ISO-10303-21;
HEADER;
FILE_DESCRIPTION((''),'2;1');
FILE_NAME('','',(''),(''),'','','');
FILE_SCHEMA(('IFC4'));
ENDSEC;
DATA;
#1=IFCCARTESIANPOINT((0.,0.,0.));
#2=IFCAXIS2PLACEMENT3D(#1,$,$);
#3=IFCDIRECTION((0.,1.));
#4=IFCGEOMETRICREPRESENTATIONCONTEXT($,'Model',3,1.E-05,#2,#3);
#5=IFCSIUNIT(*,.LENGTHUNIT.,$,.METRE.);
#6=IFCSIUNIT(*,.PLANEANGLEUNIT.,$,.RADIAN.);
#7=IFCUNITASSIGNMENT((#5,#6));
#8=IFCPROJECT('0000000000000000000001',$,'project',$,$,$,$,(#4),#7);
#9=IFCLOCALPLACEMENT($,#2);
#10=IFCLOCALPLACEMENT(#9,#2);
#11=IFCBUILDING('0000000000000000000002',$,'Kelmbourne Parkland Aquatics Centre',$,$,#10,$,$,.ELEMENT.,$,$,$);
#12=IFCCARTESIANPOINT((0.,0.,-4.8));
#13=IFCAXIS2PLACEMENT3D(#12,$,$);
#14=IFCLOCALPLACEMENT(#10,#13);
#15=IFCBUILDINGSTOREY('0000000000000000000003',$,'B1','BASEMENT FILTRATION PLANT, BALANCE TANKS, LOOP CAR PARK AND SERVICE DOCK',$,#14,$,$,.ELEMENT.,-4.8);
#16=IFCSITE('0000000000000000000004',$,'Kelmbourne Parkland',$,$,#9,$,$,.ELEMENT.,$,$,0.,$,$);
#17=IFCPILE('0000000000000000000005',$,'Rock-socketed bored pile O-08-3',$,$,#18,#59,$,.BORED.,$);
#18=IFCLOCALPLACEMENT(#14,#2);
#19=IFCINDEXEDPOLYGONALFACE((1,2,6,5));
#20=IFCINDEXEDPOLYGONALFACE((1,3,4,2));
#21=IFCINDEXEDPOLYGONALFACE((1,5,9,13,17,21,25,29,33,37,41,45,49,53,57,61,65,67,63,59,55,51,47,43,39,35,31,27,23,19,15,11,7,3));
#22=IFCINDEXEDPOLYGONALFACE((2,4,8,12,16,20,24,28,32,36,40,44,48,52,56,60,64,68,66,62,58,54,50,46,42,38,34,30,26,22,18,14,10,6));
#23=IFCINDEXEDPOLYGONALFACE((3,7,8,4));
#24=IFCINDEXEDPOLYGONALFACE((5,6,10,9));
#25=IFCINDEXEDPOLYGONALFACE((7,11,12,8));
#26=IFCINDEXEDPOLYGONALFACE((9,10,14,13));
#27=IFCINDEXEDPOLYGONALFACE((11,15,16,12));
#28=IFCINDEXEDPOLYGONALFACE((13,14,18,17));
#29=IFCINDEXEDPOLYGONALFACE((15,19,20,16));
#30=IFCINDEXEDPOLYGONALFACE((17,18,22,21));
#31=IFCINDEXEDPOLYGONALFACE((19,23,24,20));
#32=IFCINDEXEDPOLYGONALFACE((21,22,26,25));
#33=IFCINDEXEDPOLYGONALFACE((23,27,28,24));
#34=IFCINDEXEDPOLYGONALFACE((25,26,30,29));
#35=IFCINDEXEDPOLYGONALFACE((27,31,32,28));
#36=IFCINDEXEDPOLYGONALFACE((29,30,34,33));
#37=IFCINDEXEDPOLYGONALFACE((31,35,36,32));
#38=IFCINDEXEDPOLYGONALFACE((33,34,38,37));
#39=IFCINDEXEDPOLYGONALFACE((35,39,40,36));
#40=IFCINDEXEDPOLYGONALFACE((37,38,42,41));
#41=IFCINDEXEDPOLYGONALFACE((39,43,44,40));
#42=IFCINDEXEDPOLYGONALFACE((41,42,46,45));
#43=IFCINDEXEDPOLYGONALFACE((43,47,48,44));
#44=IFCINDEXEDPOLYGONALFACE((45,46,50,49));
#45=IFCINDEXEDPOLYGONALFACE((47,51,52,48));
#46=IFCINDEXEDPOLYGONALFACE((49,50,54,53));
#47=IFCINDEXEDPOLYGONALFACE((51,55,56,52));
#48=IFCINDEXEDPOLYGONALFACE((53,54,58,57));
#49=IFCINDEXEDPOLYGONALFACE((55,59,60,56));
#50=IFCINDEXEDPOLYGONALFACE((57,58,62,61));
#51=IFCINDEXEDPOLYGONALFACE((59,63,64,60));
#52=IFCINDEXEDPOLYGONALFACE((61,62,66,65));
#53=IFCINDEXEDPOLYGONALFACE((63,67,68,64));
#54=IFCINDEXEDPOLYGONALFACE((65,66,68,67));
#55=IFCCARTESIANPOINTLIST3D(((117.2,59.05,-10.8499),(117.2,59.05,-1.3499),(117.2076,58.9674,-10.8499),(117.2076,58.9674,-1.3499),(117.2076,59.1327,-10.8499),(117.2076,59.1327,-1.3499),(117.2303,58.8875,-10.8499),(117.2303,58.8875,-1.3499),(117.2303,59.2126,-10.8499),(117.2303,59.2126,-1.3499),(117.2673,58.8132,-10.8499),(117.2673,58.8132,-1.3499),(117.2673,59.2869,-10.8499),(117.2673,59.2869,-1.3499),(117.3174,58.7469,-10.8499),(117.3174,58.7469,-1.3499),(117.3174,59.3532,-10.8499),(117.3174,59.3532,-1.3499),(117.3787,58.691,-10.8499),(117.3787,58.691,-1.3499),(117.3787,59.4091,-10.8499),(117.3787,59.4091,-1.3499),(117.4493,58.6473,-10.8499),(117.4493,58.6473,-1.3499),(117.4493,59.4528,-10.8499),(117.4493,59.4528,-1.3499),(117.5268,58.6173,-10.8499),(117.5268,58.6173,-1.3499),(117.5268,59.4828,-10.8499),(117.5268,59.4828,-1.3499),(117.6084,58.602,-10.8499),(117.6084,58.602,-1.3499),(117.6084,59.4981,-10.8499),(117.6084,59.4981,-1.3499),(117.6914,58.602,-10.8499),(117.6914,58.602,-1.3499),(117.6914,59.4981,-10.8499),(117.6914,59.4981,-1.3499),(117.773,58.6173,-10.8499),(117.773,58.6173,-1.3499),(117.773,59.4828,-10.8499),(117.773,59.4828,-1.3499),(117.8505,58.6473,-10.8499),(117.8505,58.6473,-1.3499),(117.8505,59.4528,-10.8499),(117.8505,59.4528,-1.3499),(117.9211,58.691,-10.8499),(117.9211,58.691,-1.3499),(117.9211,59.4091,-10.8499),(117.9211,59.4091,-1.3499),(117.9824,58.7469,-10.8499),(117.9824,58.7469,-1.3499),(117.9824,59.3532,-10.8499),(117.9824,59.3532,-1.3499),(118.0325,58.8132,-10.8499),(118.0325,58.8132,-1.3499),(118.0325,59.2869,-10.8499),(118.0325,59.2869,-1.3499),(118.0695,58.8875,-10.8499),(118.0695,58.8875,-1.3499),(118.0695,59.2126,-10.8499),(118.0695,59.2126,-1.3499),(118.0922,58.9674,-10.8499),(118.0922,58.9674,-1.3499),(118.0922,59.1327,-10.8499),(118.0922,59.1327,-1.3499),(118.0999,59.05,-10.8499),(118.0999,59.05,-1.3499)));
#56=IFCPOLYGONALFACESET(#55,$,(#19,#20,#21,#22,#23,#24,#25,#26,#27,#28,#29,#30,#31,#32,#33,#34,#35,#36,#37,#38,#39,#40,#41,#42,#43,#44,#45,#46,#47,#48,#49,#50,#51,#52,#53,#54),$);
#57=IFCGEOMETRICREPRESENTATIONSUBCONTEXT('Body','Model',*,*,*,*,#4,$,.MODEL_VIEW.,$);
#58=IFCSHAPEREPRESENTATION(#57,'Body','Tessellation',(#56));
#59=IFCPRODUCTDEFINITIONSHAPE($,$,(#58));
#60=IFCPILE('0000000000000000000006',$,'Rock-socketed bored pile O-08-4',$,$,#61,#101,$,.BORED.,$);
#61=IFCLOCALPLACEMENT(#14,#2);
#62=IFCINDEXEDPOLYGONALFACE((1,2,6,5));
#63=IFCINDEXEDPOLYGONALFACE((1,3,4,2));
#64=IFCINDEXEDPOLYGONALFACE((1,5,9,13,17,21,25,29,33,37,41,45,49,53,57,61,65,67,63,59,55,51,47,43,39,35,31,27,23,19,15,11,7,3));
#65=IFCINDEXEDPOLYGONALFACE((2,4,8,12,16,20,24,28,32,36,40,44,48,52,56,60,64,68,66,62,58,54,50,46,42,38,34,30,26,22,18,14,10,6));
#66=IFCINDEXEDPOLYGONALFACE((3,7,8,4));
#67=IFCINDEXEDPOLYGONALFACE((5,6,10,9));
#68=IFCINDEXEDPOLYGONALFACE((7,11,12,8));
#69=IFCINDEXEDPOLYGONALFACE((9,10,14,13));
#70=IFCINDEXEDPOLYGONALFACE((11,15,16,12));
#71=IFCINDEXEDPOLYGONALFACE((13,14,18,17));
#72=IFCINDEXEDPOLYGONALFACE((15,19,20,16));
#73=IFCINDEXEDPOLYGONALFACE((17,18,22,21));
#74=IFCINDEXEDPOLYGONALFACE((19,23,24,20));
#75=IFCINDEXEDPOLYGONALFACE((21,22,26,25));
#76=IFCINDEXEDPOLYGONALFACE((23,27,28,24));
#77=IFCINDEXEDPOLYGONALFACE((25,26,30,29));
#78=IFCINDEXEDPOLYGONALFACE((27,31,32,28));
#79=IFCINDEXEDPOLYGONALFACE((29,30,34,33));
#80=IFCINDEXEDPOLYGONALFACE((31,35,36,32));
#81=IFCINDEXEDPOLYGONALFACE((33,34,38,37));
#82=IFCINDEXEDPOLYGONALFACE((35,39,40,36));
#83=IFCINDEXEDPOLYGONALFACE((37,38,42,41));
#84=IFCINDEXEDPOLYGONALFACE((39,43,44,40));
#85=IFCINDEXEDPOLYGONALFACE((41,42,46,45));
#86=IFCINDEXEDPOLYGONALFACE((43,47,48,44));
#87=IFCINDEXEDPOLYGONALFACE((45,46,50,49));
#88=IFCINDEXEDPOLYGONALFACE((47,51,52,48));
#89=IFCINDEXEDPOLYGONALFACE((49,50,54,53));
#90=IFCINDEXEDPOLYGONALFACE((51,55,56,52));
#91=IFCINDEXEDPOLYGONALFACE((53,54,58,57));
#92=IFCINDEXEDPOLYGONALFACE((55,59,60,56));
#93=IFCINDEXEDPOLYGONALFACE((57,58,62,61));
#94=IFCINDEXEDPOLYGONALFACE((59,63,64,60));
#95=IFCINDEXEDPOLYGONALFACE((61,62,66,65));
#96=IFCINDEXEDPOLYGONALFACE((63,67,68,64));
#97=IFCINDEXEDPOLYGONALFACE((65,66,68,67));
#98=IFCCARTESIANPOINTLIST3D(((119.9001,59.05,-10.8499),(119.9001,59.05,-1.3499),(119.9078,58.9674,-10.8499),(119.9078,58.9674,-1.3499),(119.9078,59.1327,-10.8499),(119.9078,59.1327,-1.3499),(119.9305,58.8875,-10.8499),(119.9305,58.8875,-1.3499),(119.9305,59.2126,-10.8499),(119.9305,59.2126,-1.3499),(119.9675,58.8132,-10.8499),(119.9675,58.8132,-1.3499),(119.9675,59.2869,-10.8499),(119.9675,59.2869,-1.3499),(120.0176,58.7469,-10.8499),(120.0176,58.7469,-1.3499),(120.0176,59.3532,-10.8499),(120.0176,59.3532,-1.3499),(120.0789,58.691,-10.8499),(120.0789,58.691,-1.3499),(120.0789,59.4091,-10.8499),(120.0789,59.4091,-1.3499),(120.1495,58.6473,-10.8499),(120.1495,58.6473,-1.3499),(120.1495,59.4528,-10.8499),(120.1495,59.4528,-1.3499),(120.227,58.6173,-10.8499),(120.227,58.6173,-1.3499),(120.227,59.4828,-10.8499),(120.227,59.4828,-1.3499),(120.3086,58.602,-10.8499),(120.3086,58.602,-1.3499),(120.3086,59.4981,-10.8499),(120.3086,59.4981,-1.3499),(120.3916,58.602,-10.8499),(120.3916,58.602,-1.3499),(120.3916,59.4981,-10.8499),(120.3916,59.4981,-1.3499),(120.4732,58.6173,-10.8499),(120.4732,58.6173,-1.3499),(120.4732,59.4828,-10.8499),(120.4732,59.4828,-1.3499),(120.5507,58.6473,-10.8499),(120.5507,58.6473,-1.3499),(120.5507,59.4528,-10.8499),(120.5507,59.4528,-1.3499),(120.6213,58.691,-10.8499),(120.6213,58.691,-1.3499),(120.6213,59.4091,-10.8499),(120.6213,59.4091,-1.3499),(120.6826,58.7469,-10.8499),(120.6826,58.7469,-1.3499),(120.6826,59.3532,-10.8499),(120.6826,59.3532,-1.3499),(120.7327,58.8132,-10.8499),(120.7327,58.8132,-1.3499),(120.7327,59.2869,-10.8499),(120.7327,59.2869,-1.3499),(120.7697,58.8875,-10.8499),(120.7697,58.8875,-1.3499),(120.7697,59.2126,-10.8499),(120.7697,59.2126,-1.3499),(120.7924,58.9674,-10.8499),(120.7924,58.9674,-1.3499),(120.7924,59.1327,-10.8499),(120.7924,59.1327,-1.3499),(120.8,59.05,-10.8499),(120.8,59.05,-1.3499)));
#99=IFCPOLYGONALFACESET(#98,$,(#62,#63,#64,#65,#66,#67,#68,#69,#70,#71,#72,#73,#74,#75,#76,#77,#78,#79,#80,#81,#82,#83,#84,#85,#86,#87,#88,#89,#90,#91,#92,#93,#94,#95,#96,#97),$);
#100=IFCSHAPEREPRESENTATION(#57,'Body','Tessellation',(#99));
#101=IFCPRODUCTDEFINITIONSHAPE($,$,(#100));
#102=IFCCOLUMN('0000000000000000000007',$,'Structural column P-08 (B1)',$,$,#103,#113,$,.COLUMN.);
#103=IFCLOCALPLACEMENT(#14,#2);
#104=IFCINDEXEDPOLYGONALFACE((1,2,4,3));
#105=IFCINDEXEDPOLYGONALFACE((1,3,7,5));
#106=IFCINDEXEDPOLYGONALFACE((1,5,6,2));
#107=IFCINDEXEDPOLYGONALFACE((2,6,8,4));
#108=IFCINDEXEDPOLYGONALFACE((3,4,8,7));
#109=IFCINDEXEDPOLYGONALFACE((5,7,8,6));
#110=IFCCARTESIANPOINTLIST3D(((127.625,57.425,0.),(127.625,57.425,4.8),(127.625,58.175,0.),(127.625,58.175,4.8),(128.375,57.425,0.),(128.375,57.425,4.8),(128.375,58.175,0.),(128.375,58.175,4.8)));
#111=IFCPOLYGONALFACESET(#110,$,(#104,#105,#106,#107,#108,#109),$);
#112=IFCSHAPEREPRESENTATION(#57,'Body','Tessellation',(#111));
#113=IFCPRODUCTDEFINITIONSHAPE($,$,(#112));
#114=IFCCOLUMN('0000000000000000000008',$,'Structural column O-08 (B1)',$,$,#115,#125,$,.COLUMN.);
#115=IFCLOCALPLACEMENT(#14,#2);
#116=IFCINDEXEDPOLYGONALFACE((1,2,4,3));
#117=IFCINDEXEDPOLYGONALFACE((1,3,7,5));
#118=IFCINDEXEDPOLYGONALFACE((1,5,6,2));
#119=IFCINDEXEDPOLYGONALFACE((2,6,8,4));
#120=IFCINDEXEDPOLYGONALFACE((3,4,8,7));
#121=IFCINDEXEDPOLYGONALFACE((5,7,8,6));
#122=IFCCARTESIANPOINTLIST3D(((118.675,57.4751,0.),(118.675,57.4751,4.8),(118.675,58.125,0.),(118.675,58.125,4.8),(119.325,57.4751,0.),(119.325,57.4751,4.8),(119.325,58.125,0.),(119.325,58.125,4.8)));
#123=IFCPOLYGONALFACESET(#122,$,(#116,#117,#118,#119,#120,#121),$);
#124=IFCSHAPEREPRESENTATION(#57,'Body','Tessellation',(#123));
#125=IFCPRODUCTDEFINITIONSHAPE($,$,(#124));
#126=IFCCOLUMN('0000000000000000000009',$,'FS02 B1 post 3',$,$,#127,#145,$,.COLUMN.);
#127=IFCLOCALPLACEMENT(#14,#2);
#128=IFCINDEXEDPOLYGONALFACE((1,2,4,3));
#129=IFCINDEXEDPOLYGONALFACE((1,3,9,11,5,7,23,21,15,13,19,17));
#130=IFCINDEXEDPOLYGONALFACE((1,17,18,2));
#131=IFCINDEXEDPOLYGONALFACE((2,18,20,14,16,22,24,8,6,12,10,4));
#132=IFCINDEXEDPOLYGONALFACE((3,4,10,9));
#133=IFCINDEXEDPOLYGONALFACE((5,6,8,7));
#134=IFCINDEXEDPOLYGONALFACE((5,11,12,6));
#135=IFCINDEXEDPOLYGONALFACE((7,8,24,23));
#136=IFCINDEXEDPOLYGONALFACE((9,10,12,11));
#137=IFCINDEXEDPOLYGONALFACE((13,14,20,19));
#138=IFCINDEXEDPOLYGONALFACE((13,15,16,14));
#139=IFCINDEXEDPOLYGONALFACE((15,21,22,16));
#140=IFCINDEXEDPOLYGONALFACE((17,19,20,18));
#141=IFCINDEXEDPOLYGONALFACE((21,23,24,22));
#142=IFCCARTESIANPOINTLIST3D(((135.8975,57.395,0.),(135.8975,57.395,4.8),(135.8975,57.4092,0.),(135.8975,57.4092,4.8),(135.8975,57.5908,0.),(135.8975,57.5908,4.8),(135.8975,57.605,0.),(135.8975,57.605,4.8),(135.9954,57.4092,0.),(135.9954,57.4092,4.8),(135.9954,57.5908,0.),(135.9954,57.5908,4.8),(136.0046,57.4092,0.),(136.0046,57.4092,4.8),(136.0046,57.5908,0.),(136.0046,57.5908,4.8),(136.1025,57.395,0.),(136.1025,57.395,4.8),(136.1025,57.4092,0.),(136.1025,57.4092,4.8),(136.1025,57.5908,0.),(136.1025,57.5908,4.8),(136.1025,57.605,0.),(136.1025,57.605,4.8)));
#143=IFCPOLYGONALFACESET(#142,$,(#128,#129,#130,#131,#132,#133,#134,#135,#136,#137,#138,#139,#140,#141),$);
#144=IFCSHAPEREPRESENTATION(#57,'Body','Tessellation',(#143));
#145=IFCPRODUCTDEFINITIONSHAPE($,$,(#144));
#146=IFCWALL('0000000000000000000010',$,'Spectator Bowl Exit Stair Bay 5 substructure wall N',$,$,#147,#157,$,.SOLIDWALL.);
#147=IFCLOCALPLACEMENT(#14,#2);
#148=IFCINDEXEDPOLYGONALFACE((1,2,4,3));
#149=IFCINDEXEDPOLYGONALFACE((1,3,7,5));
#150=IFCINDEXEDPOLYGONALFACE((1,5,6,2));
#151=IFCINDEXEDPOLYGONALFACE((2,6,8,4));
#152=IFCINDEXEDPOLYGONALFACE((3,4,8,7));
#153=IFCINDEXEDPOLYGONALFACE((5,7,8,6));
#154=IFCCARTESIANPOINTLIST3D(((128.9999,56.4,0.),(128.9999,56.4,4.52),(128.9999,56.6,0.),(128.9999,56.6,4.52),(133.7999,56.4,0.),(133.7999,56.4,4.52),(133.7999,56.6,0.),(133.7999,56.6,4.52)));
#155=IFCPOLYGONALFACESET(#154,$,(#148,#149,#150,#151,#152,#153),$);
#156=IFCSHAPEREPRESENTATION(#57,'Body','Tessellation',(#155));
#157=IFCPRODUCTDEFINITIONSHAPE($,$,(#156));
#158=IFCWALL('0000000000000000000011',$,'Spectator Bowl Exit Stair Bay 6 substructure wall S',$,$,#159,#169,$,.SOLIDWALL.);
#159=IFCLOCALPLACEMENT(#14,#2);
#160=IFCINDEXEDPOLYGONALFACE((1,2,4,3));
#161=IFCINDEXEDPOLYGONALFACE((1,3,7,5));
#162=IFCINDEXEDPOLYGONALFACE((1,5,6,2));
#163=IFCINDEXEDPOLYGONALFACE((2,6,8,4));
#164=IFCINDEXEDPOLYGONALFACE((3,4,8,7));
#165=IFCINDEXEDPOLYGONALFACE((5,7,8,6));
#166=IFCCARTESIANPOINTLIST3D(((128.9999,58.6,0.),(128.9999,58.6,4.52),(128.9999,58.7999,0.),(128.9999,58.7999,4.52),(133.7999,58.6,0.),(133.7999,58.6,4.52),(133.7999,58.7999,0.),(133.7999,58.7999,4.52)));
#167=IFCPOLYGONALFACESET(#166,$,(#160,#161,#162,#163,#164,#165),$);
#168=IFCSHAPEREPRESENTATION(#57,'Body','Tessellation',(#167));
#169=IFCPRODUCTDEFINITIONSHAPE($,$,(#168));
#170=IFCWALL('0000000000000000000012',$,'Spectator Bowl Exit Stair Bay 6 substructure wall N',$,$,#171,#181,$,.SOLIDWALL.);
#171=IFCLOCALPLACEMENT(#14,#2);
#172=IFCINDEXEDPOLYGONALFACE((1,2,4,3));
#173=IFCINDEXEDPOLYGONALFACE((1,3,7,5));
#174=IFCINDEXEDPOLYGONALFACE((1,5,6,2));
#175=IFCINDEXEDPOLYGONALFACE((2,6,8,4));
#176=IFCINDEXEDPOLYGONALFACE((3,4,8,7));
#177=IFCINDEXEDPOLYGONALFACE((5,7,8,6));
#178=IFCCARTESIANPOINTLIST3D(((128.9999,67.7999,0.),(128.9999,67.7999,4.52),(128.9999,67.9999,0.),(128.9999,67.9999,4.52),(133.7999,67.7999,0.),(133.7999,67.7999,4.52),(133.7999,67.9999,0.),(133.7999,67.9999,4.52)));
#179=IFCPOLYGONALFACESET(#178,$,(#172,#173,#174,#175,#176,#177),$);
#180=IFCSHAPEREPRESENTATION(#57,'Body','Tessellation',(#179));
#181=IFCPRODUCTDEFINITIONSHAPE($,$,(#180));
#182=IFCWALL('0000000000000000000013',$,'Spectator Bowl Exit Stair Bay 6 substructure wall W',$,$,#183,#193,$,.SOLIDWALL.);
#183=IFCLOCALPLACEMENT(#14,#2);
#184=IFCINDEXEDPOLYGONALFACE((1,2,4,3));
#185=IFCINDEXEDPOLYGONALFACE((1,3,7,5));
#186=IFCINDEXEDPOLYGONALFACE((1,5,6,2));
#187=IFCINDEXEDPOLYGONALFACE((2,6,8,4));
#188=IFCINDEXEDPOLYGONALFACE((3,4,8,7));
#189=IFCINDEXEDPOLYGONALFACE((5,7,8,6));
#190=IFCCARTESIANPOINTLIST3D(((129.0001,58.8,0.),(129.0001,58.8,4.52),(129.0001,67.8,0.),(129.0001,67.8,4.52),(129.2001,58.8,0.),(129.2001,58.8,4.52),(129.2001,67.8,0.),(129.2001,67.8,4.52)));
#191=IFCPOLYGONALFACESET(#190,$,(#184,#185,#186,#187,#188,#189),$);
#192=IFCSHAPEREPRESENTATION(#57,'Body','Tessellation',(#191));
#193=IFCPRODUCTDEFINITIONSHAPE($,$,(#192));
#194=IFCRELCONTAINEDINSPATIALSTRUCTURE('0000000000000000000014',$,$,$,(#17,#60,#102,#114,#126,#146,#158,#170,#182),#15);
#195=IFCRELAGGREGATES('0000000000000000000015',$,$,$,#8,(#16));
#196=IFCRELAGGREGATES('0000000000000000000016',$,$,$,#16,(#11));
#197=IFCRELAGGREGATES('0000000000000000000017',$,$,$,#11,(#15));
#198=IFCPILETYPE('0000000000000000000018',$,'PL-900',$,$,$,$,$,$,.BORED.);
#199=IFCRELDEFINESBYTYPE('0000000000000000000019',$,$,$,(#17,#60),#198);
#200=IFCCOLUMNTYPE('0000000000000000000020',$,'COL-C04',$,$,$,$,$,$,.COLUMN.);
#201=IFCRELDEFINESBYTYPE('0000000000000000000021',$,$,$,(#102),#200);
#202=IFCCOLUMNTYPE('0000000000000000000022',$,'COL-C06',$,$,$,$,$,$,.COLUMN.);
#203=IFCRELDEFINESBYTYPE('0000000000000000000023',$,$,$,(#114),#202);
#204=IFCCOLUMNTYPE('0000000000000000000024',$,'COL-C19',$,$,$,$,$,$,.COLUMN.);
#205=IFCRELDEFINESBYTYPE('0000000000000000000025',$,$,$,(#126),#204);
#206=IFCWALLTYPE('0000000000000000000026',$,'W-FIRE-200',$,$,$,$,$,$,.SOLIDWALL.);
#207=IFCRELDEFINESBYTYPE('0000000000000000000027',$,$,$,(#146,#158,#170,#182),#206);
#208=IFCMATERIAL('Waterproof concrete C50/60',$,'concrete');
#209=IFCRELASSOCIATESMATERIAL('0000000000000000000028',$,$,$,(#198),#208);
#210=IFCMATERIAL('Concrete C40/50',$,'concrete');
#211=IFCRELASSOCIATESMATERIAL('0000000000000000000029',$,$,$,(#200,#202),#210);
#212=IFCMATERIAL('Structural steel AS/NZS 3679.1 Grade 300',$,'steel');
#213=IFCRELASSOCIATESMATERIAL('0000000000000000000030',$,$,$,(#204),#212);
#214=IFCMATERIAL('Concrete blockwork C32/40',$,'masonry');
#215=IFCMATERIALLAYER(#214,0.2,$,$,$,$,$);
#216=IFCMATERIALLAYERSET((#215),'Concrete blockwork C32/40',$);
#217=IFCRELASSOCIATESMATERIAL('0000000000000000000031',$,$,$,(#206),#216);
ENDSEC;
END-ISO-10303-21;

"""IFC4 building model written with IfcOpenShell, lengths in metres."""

from ifc_helpers import new_model, si_unit, direction, frame, frame_2d, origin, origin_2d, place, context, subcontext, project, spatial, rectangle, circle, i_section, extrude, material, layer, layer_set, material_profile, profile_set, type_object, element, save


model = new_model("IFC4")

# Units and contexts
model_context = context("Model", 3, precision=1e-05, world=origin(), true_north=direction((0.0, 1.0)))
body_context = subcontext(model_context, "Body", "Model", "MODEL_VIEW")
ifc_project = project(units=[si_unit("LENGTHUNIT", "METRE"), si_unit("PLANEANGLEUNIT", "RADIAN")], contexts=[model_context])

# Site, building, storey
site_placement = place(None, origin())
site = spatial("IfcSite", under=ifc_project, at=site_placement, Name="Kelmbourne Parkland", CompositionType="ELEMENT", RefElevation=0.0)
building_placement = place(site_placement, origin())
building = spatial("IfcBuilding", under=site, at=building_placement, Name="Kelmbourne Parkland Aquatics Centre", CompositionType="ELEMENT")
storey_placement = place(building_placement, frame((0.0, 0.0, -4.8)))
storey = spatial("IfcBuildingStorey", under=building, at=storey_placement, Name="B1", Description="BASEMENT FILTRATION PLANT, BALANCE TANKS, LOOP CAR PARK AND SERVICE DOCK", CompositionType="ELEMENT", Elevation=-4.8)

# Shared definitions
ifc_material_1 = material(Name="Waterproof concrete C50/60", Category="concrete")

# Piles
ifc_material_profile_1 = material_profile(ifc_material_1, circle(Radius=0.45, at=origin_2d()), Name="PILE D900")
ifc_profile_set_1 = profile_set([ifc_material_profile_1], Name="Waterproof concrete C50/60")
pile_type_1 = type_object("IfcPileType", Name="PL-900", PredefinedType="BORED", material=ifc_profile_set_1)
for number, where, z_axis, x_axis, name in (
    (1, (117.6499, 59.05, -1.3499), (0.0, 0.0, -1.0), (1.0, 0.0, 0.0), "Rock-socketed bored pile O-08-3"),
    (2, (120.3501, 59.05, -1.3499), (0.0, 0.0, -1.0), (1.0, 0.0, 0.0), "Rock-socketed bored pile O-08-4"),
):
    element("IfcPile", number, at=place(storey_placement, frame(where, z_axis=z_axis, x_axis=x_axis)), inside=storey, type_object=pile_type_1, Name=name, PredefinedType="BORED", context=body_context, shape_type="SweptSolid", body=[
        extrude(circle(Radius=0.45, at=origin_2d()), origin(), (0.0, 0.0, 1.0), 9.5),
    ])

# Columns
ifc_material_2 = material(Name="Concrete C40/50", Category="concrete")
ifc_material_profile_2 = material_profile(ifc_material_2, rectangle(XDim=0.75, YDim=0.75, at=origin_2d()), Name="RC 750x750")
ifc_profile_set_2 = profile_set([ifc_material_profile_2], Name="Concrete C40/50")
column_type_1 = type_object("IfcColumnType", Name="COL-C04", PredefinedType="COLUMN", material=ifc_profile_set_2)
column_1_placement = place(storey_placement, frame((128.0, 57.8, 0.0), z_axis=(0.0, 0.0, 1.0), x_axis=(1.0, 0.0, 0.0)))
element("IfcColumn", 3, at=column_1_placement, inside=storey, type_object=column_type_1, Name="Structural column P-08 (B1)", PredefinedType="COLUMN", context=body_context, shape_type="SweptSolid", body=[
    extrude(rectangle(XDim=0.75, YDim=0.75, at=origin_2d()), origin(), (0.0, 0.0, 1.0), 4.8),
])
ifc_material_profile_3 = material_profile(ifc_material_2, rectangle(XDim=0.6499, YDim=0.6499, at=origin_2d()), Name="RC 650x650")
ifc_profile_set_3 = profile_set([ifc_material_profile_3], Name="Concrete C40/50")
column_type_2 = type_object("IfcColumnType", Name="COL-C06", PredefinedType="COLUMN", material=ifc_profile_set_3)
column_2_placement = place(storey_placement, frame((119.0, 57.8, 0.0), z_axis=(0.0, 0.0, 1.0), x_axis=(1.0, 0.0, 0.0)))
element("IfcColumn", 4, at=column_2_placement, inside=storey, type_object=column_type_2, Name="Structural column O-08 (B1)", PredefinedType="COLUMN", context=body_context, shape_type="SweptSolid", body=[
    extrude(rectangle(XDim=0.6499, YDim=0.6499, at=origin_2d()), origin(), (0.0, 0.0, 1.0), 4.8),
])
ifc_material_3 = material(Name="Structural steel AS/NZS 3679.1 Grade 300", Category="steel")
ifc_material_profile_4 = material_profile(ifc_material_3, i_section(OverallWidth=0.2051, OverallDepth=0.21, WebThickness=0.0093, FlangeThickness=0.0142, at=origin_2d()), Name="200UC59.5")
ifc_profile_set_4 = profile_set([ifc_material_profile_4], Name="Structural steel AS/NZS 3679.1 Grade 300")
column_type_3 = type_object("IfcColumnType", Name="COL-C19", PredefinedType="COLUMN", material=ifc_profile_set_4)
column_3_placement = place(storey_placement, frame((136.0, 57.5, 0.0), z_axis=(0.0, 0.0, 1.0), x_axis=(1.0, 0.0, 0.0)))
element("IfcColumn", 5, at=column_3_placement, inside=storey, type_object=column_type_3, Name="FS02 B1 post 3", PredefinedType="COLUMN", context=body_context, shape_type="SweptSolid", body=[
    extrude(i_section(OverallWidth=0.2051, OverallDepth=0.21, WebThickness=0.0093, FlangeThickness=0.0142, at=origin_2d()), origin(), (0.0, 0.0, 1.0), 4.8),
])

# Walls
ifc_material_4 = material(Name="Concrete blockwork C32/40", Category="masonry")
ifc_layer_1 = layer(ifc_material_4, 0.2)
ifc_layer_set_1 = layer_set([ifc_layer_1], Name="Concrete blockwork C32/40")
wall_type_1 = type_object("IfcWallType", Name="W-FIRE-200", PredefinedType="SOLIDWALL", material=ifc_layer_set_1)
for number, where, z_axis, x_axis, name in (
    (6, (129.0, 56.5, 0.0), (0.0, 0.0, 1.0), (1.0, 0.0, 0.0), "Spectator Bowl Exit Stair Bay 5 substructure wall N"),
    (7, (129.0, 58.7, 0.0), (0.0, 0.0, 1.0), (1.0, 0.0, 0.0), "Spectator Bowl Exit Stair Bay 6 substructure wall S"),
    (8, (129.0, 67.8999, 0.0), (0.0, 0.0, 1.0), (1.0, 0.0, 0.0), "Spectator Bowl Exit Stair Bay 6 substructure wall N"),
):
    element("IfcWall", number, at=place(storey_placement, frame(where, z_axis=z_axis, x_axis=x_axis)), inside=storey, type_object=wall_type_1, Name=name, PredefinedType="SOLIDWALL", context=body_context, shape_type="SweptSolid", body=[
        extrude(rectangle(XDim=4.8, YDim=0.2, at=frame_2d((2.3999, 0.0))), origin(), (0.0, 0.0, 1.0), 4.52),
    ])
for number, where, z_axis, x_axis, name in (
    (9, (129.1001, 58.8, 0.0), (0.0, 0.0, 1.0), (0.0, 1.0, 0.0), "Spectator Bowl Exit Stair Bay 6 substructure wall W"),
):
    element("IfcWall", number, at=place(storey_placement, frame(where, z_axis=z_axis, x_axis=x_axis)), inside=storey, type_object=wall_type_1, Name=name, PredefinedType="SOLIDWALL", context=body_context, shape_type="SweptSolid", body=[
        extrude(rectangle(XDim=9.0, YDim=0.2, at=frame_2d((4.5, 0.0))), origin(), (0.0, 0.0, 1.0), 4.52),
    ])

save(model, "model.ifc")
